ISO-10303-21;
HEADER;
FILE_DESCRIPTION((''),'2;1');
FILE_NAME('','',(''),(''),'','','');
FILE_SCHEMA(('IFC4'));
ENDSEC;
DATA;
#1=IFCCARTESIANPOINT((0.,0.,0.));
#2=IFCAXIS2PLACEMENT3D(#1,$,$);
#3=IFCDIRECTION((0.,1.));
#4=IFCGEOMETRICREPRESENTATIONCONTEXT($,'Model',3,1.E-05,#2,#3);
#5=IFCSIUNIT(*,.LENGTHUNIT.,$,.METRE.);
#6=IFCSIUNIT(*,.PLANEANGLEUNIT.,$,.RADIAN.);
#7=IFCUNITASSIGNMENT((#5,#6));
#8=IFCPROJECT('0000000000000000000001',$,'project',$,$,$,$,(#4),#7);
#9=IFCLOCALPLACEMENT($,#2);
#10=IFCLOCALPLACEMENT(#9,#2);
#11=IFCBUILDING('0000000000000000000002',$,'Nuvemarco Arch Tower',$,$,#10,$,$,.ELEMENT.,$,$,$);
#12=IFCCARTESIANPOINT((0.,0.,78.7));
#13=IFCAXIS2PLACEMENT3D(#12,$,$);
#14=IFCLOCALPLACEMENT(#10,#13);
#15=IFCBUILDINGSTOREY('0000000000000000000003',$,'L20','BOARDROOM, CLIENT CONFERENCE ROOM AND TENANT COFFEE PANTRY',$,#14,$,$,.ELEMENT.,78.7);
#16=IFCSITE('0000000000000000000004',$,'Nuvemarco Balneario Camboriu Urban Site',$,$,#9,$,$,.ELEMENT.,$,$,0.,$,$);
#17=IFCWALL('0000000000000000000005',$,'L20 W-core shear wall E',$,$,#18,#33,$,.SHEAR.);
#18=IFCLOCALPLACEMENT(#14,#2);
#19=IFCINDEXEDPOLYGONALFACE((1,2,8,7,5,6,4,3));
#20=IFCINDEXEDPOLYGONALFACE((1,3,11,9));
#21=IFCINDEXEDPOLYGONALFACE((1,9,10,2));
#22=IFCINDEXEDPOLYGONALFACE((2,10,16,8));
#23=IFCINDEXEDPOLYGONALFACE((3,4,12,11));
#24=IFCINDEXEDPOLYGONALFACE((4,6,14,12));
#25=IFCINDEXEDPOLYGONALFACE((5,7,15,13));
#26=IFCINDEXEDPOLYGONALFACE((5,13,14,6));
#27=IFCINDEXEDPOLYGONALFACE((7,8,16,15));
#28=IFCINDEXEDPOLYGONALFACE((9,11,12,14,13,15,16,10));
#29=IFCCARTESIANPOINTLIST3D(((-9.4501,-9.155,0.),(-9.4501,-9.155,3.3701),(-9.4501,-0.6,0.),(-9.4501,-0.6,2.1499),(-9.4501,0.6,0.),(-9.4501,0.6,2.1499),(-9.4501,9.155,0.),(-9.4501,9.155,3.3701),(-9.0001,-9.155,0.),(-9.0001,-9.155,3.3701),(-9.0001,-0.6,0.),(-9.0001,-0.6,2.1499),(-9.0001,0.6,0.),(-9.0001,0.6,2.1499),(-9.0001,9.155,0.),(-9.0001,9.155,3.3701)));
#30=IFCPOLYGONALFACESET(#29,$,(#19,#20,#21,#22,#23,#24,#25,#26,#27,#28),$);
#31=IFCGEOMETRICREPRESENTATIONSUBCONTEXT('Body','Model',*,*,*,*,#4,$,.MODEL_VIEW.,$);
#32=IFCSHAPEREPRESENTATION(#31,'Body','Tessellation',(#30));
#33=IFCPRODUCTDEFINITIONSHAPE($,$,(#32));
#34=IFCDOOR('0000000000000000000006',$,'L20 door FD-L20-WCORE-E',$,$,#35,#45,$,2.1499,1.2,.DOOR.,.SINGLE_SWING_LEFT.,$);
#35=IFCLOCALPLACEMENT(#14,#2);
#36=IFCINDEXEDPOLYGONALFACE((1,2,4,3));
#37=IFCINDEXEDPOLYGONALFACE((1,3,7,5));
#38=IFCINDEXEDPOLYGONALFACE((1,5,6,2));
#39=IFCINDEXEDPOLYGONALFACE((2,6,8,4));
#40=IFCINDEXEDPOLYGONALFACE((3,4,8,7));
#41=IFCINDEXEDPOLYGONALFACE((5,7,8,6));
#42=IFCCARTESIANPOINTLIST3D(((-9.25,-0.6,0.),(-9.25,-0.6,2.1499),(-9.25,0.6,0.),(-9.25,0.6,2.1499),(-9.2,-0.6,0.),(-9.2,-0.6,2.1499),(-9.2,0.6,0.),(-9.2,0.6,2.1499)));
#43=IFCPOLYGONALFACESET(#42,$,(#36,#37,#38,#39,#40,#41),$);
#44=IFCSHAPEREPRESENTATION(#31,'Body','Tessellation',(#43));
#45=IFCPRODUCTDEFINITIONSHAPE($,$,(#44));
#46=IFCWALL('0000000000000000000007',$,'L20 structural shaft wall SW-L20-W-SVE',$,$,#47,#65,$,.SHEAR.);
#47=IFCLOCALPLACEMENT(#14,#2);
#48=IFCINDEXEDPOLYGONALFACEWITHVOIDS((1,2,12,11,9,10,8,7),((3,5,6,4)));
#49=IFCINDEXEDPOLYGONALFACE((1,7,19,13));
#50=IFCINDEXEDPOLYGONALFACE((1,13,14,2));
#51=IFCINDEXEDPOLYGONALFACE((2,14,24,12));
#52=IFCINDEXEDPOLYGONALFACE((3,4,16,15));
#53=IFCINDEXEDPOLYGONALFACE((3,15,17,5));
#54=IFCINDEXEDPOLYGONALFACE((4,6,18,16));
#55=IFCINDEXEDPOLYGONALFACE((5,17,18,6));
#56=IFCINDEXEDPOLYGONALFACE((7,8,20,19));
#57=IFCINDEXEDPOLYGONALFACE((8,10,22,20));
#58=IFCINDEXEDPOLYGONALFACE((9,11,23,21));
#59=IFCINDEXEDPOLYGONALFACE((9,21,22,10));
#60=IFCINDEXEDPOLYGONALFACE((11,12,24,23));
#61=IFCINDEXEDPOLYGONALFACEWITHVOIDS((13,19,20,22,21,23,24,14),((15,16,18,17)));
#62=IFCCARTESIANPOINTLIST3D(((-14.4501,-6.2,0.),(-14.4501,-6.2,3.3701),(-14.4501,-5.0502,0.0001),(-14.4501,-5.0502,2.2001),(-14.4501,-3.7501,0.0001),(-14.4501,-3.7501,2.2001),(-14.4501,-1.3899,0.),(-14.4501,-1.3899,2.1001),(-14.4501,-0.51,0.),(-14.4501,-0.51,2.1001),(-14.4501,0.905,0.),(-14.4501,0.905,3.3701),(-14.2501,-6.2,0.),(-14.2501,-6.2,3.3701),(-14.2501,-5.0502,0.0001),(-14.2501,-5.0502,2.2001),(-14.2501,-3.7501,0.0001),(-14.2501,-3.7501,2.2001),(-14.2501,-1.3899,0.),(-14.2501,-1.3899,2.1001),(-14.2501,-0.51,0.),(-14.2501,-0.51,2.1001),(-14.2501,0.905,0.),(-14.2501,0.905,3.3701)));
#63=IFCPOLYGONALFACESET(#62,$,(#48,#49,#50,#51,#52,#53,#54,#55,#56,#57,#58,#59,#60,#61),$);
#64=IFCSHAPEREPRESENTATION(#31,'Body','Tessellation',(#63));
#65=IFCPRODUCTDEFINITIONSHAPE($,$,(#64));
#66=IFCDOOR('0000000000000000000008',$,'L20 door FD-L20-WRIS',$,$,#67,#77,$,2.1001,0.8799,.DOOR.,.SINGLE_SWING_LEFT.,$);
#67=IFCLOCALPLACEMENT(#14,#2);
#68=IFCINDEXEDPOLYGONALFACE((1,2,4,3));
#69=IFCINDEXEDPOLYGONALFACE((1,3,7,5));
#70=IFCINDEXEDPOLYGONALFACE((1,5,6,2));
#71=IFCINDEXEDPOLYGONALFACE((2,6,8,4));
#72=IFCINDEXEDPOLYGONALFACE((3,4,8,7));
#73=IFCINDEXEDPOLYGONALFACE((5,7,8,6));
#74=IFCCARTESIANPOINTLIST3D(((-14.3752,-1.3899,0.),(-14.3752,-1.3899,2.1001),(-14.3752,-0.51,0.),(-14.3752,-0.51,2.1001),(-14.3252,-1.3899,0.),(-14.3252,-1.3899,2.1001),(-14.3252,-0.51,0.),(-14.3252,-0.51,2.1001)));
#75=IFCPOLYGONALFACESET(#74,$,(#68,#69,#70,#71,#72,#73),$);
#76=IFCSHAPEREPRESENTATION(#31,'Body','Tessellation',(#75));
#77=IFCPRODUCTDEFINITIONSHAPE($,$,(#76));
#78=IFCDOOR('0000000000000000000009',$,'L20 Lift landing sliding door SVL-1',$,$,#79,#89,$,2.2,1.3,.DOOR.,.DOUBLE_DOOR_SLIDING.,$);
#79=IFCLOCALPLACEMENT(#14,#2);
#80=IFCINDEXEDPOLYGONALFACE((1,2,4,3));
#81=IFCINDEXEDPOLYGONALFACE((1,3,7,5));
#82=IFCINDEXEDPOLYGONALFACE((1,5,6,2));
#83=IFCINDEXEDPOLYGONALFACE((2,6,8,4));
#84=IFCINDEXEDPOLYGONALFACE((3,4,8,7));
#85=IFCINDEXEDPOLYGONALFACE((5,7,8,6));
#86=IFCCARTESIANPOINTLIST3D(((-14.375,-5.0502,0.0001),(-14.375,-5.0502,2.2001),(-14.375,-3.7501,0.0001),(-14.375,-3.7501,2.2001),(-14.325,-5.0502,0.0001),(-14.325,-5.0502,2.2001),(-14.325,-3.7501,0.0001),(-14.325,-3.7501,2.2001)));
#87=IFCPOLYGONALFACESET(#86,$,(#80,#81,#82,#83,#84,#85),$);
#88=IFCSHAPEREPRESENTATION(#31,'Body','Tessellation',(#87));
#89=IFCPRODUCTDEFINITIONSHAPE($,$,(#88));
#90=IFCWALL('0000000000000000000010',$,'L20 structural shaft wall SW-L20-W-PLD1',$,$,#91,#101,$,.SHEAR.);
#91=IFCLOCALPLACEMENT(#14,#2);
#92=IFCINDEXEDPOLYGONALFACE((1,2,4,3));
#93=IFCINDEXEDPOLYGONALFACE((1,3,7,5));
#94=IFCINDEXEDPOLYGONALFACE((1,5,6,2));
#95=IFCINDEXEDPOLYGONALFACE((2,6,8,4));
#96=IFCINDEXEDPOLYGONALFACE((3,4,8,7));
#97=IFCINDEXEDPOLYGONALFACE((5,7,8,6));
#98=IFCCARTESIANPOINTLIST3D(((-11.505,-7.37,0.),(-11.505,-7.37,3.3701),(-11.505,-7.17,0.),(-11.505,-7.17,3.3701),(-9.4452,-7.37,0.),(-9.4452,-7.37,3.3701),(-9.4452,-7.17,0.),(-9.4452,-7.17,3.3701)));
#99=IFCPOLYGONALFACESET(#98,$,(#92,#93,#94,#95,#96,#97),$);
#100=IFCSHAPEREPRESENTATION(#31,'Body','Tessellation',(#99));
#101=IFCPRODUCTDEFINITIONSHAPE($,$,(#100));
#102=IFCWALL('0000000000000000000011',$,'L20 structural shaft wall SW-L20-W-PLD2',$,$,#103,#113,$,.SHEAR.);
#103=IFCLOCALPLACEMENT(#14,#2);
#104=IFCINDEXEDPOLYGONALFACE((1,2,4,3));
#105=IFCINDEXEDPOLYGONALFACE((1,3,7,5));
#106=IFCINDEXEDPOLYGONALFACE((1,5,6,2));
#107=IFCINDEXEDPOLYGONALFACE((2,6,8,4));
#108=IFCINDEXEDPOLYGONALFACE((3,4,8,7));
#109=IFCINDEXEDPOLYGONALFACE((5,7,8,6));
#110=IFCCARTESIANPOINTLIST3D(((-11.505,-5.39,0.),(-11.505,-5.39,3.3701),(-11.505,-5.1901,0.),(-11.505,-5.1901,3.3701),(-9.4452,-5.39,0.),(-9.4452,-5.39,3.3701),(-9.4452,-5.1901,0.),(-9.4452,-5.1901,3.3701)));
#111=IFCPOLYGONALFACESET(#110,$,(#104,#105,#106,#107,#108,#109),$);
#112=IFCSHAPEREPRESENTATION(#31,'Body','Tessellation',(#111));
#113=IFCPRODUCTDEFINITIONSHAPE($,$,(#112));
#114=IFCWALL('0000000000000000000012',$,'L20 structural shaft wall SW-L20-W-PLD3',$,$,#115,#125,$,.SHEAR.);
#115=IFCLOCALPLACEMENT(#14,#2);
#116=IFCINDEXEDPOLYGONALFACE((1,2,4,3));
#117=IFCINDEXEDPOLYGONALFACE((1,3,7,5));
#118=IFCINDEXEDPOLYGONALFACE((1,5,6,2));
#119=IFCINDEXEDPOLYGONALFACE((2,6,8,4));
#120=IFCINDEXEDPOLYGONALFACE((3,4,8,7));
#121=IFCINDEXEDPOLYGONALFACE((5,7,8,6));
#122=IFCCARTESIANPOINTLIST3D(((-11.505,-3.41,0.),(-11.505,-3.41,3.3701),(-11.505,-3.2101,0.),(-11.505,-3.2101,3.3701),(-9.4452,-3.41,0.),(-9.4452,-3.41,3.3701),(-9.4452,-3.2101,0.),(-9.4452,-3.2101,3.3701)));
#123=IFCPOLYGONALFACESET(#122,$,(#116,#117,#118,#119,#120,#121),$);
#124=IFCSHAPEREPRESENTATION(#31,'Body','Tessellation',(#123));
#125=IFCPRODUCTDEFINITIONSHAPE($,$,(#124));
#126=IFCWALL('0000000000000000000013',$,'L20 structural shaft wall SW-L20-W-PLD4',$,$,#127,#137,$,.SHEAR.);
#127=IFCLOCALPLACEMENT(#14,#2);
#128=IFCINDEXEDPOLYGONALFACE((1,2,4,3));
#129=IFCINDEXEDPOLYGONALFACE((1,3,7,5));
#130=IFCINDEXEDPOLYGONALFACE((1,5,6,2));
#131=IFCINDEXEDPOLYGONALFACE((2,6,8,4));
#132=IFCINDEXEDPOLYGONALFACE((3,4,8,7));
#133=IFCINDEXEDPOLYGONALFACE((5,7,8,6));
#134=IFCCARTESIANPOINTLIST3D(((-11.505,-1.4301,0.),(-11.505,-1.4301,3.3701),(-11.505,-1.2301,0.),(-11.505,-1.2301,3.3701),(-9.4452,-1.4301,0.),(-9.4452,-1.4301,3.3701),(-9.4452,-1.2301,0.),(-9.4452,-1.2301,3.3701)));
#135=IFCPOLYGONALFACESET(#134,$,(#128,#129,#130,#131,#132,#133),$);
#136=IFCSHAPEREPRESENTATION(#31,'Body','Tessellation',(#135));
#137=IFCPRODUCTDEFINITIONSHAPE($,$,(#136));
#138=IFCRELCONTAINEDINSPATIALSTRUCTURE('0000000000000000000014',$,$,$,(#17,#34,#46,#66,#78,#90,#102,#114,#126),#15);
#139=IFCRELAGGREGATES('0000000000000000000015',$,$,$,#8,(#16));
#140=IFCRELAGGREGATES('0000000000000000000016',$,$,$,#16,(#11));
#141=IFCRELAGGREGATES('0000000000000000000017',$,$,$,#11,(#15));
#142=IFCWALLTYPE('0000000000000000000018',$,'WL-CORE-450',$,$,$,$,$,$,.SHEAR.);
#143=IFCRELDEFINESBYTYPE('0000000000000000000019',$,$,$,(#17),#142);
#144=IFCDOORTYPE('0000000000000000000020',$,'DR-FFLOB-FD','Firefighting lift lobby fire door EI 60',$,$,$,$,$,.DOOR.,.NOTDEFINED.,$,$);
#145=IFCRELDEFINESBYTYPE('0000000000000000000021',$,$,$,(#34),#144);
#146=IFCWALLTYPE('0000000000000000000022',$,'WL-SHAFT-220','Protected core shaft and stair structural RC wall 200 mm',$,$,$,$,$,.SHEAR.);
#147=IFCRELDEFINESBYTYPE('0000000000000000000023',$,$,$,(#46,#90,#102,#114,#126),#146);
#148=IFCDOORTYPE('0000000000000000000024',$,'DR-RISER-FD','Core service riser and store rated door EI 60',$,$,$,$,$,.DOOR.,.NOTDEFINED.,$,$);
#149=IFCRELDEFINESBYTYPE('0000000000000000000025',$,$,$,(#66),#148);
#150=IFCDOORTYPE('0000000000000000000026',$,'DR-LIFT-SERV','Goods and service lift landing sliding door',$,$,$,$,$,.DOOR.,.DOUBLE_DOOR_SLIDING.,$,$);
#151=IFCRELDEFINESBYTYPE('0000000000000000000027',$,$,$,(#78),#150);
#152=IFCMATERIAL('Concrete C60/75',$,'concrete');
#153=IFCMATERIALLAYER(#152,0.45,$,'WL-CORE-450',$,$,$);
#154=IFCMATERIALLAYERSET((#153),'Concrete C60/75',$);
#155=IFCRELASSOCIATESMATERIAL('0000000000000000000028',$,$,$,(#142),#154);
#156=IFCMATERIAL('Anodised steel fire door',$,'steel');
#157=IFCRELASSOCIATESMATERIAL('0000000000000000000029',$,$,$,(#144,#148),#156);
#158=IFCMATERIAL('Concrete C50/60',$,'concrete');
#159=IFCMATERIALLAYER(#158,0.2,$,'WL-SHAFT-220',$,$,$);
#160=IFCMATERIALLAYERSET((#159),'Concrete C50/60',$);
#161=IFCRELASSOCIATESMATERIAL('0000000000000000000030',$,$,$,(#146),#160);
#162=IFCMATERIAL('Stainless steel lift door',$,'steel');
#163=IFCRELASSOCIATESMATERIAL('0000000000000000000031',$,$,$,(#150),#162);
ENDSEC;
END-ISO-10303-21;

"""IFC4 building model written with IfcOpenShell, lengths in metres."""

from ifc_helpers import new_model, si_unit, direction, frame, frame_2d, origin, place, context, subcontext, project, spatial, rectangle, extrude, source, transform, mapped, material, layer, layer_set, type_object, type_shapes, element, fill, save


model = new_model("IFC4")

# Units and contexts
model_context = context("Model", 3, precision=1e-05, world=origin(), true_north=direction((0.0, 1.0)))
body_context = subcontext(model_context, "Body", "Model", "MODEL_VIEW")
ifc_project = project(units=[si_unit("LENGTHUNIT", "METRE"), si_unit("PLANEANGLEUNIT", "RADIAN")], contexts=[model_context])

# Site, building, storey
site_placement = place(None, origin())
site = spatial("IfcSite", under=ifc_project, at=site_placement, Name="Nuvemarco Balneario Camboriu Urban Site", CompositionType="ELEMENT", RefElevation=0.0)
building_placement = place(site_placement, origin())
building = spatial("IfcBuilding", under=site, at=building_placement, Name="Nuvemarco Arch Tower", CompositionType="ELEMENT")
storey_placement = place(building_placement, frame((0.0, 0.0, 78.7)))
storey = spatial("IfcBuildingStorey", under=building, at=storey_placement, Name="L20", Description="BOARDROOM, CLIENT CONFERENCE ROOM AND TENANT COFFEE PANTRY", CompositionType="ELEMENT", Elevation=78.7)

# Wall, opening, door
ifc_material_1 = material(Name="Concrete C60/75", Category="concrete")
ifc_layer_1 = layer(ifc_material_1, 0.45, Name="WL-CORE-450")
ifc_layer_set_1 = layer_set([ifc_layer_1], Name="Concrete C60/75")
wall_type_1 = type_object("IfcWallType", Name="WL-CORE-450", PredefinedType="SHEAR", material=ifc_layer_set_1)
wall_1_placement = place(storey_placement, frame((-9.2251, -9.155, 0.0), z_axis=(0.0, 0.0, 1.0), x_axis=(0.0, 1.0, 0.0)))
wall_1 = element("IfcWall", 1, at=wall_1_placement, inside=storey, type_object=wall_type_1, Name="L20 W-core shear wall E", PredefinedType="SHEAR", context=body_context, shape_type="SweptSolid", body=[
    extrude(rectangle(XDim=18.3101, YDim=0.45, at=frame_2d((9.155, 0.0))), origin(), (0.0, 0.0, 1.0), 3.3701),
])
opening_1_placement = place(wall_1_placement, frame((8.5549, 0.0, 0.0)))
opening_1 = element("IfcOpeningElement", 2, at=opening_1_placement, cuts=wall_1, PredefinedType="OPENING", context=body_context, shape_type="SweptSolid", body=[
    extrude(rectangle(XDim=1.2, YDim=2.1499, at=frame_2d((0.6001, 1.075))), frame((0.0, 0.2349, 0.0), z_axis=(0.0, -1.0, 0.0), x_axis=(1.0, 0.0, 0.0)), (0.0, 0.0, 1.0), 0.47),
])
ifc_material_2 = material(Name="Anodised steel fire door", Category="steel")
door_type_1 = type_object("IfcDoorType", Name="DR-FFLOB-FD", Description="Firefighting lift lobby fire door EI 60", OperationType="NOTDEFINED", PredefinedType="DOOR", material=ifc_material_2)
shared_shape_1 = source(origin(), body_context, "Body", "SweptSolid", [
    extrude(rectangle(XDim=1.2, YDim=2.1499, at=frame_2d((0.6001, 1.075))), frame((0.0, 0.0249, 0.0), z_axis=(0.0, -1.0, 0.0), x_axis=(1.0, 0.0, 0.0)), (0.0, 0.0, 1.0), 0.05),
])
type_shapes(door_type_1, [shared_shape_1])
door_1_placement = place(opening_1_placement, origin())
door_1 = element("IfcDoor", 3, at=door_1_placement, inside=storey, type_object=door_type_1, Name="L20 door FD-L20-WCORE-E", OperationType="SINGLE_SWING_LEFT", OverallHeight=2.1499, OverallWidth=1.2, PredefinedType="DOOR", context=body_context, shape_type="MappedRepresentation", body=[
    mapped(shared_shape_1, transform((0.0, 0.0, 0.0), scale=1.0)),
])
fill(opening_1, door_1)
ifc_material_3 = material(Name="Concrete C50/60", Category="concrete")
ifc_layer_2 = layer(ifc_material_3, 0.2, Name="WL-SHAFT-220")
ifc_layer_set_2 = layer_set([ifc_layer_2], Name="Concrete C50/60")
wall_type_2 = type_object("IfcWallType", Name="WL-SHAFT-220", Description="Protected core shaft and stair structural RC wall 200 mm", PredefinedType="SHEAR", material=ifc_layer_set_2)
ifc_material_4 = material(Name="Stainless steel lift door", Category="steel")

# Wall, openings, doors
wall_2_placement = place(storey_placement, frame((-14.3501, -6.2, 0.0), z_axis=(0.0, 0.0, 1.0), x_axis=(0.0, 1.0, 0.0)))
wall_2 = element("IfcWall", 4, at=wall_2_placement, inside=storey, type_object=wall_type_2, Name="L20 structural shaft wall SW-L20-W-SVE", PredefinedType="SHEAR", context=body_context, shape_type="SweptSolid", body=[
    extrude(rectangle(XDim=7.105, YDim=0.2, at=frame_2d((3.5525, 0.0))), origin(), (0.0, 0.0, 1.0), 3.3701),
])
opening_2_placement = place(wall_2_placement, frame((5.6899, 0.0, 0.0), z_axis=(0.0, 0.0, 1.0), x_axis=(-1.0, 0.0, 0.0)))
opening_2 = element("IfcOpeningElement", 5, at=opening_2_placement, cuts=wall_2, PredefinedType="OPENING", context=body_context, shape_type="SweptSolid", body=[
    extrude(rectangle(XDim=0.8799, YDim=2.1001, at=frame_2d((0.4399, 1.05))), frame((0.0, 0.1099, 0.0), z_axis=(0.0, -1.0, 0.0), x_axis=(1.0, 0.0, 0.0)), (0.0, 0.0, 1.0), 0.22),
])
opening_3_placement = place(wall_2_placement, frame((1.1499, 0.0, 0.0)))
opening_3 = element("IfcOpeningElement", 6, at=opening_3_placement, cuts=wall_2, PredefinedType="OPENING", context=body_context, shape_type="SweptSolid", body=[
    extrude(rectangle(XDim=1.3, YDim=2.2, at=frame_2d((0.6499, 1.1001))), frame((0.0, 0.1099, 0.0), z_axis=(0.0, -1.0, 0.0), x_axis=(1.0, 0.0, 0.0)), (0.0, 0.0, 1.0), 0.22),
])
door_type_2 = type_object("IfcDoorType", Name="DR-RISER-FD", Description="Core service riser and store rated door EI 60", OperationType="NOTDEFINED", PredefinedType="DOOR", material=ifc_material_2)
shared_shape_2 = source(origin(), body_context, "Body", "SweptSolid", [
    extrude(rectangle(XDim=0.8799, YDim=2.1001, at=frame_2d((0.4399, 1.05))), frame((0.0, 0.0249, 0.0), z_axis=(0.0, -1.0, 0.0), x_axis=(1.0, 0.0, 0.0)), (0.0, 0.0, 1.0), 0.05),
])
type_shapes(door_type_2, [shared_shape_2])
door_2_placement = place(opening_2_placement, origin())
door_2 = element("IfcDoor", 7, at=door_2_placement, inside=storey, type_object=door_type_2, Name="L20 door FD-L20-WRIS", OperationType="SINGLE_SWING_LEFT", OverallHeight=2.1001, OverallWidth=0.8799, PredefinedType="DOOR", context=body_context, shape_type="MappedRepresentation", body=[
    mapped(shared_shape_2, transform((0.0, 0.0, 0.0), scale=1.0)),
])
fill(opening_2, door_2)
door_type_3 = type_object("IfcDoorType", Name="DR-LIFT-SERV", Description="Goods and service lift landing sliding door", OperationType="DOUBLE_DOOR_SLIDING", PredefinedType="DOOR", material=ifc_material_4)
shared_shape_3 = source(origin(), body_context, "Body", "SweptSolid", [
    extrude(rectangle(XDim=1.3, YDim=2.2, at=frame_2d((0.6499, 1.1001))), frame((0.0, 0.0249, 0.0), z_axis=(0.0, -1.0, 0.0), x_axis=(1.0, 0.0, 0.0)), (0.0, 0.0, 1.0), 0.05),
])
type_shapes(door_type_3, [shared_shape_3])
door_3_placement = place(opening_3_placement, origin())
door_3 = element("IfcDoor", 8, at=door_3_placement, inside=storey, type_object=door_type_3, Name="L20 Lift landing sliding door SVL-1", OperationType="DOUBLE_DOOR_SLIDING", OverallHeight=2.2, OverallWidth=1.3, PredefinedType="DOOR", context=body_context, shape_type="MappedRepresentation", body=[
    mapped(shared_shape_3, transform((0.0, 0.0, 0.0), scale=1.0)),
])
fill(opening_3, door_3)

# Walls
for number, where, z_axis, x_axis, name in (
    (9, (-11.5049, -7.27, 0.0), (0.0, 0.0, 1.0), (1.0, 0.0, 0.0), "L20 structural shaft wall SW-L20-W-PLD1"),
    (10, (-11.5049, -5.29, 0.0), (0.0, 0.0, 1.0), (1.0, 0.0, 0.0), "L20 structural shaft wall SW-L20-W-PLD2"),
    (11, (-11.5049, -3.3101, 0.0), (0.0, 0.0, 1.0), (1.0, 0.0, 0.0), "L20 structural shaft wall SW-L20-W-PLD3"),
    (12, (-11.5049, -1.3301, 0.0), (0.0, 0.0, 1.0), (1.0, 0.0, 0.0), "L20 structural shaft wall SW-L20-W-PLD4"),
):
    element("IfcWall", number, at=place(storey_placement, frame(where, z_axis=z_axis, x_axis=x_axis)), inside=storey, type_object=wall_type_2, Name=name, PredefinedType="SHEAR", context=body_context, shape_type="SweptSolid", body=[
        extrude(rectangle(XDim=2.0598, YDim=0.2, at=frame_2d((1.0298, 0.0))), origin(), (0.0, 0.0, 1.0), 3.3701),
    ])

save(model, "model.ifc")
